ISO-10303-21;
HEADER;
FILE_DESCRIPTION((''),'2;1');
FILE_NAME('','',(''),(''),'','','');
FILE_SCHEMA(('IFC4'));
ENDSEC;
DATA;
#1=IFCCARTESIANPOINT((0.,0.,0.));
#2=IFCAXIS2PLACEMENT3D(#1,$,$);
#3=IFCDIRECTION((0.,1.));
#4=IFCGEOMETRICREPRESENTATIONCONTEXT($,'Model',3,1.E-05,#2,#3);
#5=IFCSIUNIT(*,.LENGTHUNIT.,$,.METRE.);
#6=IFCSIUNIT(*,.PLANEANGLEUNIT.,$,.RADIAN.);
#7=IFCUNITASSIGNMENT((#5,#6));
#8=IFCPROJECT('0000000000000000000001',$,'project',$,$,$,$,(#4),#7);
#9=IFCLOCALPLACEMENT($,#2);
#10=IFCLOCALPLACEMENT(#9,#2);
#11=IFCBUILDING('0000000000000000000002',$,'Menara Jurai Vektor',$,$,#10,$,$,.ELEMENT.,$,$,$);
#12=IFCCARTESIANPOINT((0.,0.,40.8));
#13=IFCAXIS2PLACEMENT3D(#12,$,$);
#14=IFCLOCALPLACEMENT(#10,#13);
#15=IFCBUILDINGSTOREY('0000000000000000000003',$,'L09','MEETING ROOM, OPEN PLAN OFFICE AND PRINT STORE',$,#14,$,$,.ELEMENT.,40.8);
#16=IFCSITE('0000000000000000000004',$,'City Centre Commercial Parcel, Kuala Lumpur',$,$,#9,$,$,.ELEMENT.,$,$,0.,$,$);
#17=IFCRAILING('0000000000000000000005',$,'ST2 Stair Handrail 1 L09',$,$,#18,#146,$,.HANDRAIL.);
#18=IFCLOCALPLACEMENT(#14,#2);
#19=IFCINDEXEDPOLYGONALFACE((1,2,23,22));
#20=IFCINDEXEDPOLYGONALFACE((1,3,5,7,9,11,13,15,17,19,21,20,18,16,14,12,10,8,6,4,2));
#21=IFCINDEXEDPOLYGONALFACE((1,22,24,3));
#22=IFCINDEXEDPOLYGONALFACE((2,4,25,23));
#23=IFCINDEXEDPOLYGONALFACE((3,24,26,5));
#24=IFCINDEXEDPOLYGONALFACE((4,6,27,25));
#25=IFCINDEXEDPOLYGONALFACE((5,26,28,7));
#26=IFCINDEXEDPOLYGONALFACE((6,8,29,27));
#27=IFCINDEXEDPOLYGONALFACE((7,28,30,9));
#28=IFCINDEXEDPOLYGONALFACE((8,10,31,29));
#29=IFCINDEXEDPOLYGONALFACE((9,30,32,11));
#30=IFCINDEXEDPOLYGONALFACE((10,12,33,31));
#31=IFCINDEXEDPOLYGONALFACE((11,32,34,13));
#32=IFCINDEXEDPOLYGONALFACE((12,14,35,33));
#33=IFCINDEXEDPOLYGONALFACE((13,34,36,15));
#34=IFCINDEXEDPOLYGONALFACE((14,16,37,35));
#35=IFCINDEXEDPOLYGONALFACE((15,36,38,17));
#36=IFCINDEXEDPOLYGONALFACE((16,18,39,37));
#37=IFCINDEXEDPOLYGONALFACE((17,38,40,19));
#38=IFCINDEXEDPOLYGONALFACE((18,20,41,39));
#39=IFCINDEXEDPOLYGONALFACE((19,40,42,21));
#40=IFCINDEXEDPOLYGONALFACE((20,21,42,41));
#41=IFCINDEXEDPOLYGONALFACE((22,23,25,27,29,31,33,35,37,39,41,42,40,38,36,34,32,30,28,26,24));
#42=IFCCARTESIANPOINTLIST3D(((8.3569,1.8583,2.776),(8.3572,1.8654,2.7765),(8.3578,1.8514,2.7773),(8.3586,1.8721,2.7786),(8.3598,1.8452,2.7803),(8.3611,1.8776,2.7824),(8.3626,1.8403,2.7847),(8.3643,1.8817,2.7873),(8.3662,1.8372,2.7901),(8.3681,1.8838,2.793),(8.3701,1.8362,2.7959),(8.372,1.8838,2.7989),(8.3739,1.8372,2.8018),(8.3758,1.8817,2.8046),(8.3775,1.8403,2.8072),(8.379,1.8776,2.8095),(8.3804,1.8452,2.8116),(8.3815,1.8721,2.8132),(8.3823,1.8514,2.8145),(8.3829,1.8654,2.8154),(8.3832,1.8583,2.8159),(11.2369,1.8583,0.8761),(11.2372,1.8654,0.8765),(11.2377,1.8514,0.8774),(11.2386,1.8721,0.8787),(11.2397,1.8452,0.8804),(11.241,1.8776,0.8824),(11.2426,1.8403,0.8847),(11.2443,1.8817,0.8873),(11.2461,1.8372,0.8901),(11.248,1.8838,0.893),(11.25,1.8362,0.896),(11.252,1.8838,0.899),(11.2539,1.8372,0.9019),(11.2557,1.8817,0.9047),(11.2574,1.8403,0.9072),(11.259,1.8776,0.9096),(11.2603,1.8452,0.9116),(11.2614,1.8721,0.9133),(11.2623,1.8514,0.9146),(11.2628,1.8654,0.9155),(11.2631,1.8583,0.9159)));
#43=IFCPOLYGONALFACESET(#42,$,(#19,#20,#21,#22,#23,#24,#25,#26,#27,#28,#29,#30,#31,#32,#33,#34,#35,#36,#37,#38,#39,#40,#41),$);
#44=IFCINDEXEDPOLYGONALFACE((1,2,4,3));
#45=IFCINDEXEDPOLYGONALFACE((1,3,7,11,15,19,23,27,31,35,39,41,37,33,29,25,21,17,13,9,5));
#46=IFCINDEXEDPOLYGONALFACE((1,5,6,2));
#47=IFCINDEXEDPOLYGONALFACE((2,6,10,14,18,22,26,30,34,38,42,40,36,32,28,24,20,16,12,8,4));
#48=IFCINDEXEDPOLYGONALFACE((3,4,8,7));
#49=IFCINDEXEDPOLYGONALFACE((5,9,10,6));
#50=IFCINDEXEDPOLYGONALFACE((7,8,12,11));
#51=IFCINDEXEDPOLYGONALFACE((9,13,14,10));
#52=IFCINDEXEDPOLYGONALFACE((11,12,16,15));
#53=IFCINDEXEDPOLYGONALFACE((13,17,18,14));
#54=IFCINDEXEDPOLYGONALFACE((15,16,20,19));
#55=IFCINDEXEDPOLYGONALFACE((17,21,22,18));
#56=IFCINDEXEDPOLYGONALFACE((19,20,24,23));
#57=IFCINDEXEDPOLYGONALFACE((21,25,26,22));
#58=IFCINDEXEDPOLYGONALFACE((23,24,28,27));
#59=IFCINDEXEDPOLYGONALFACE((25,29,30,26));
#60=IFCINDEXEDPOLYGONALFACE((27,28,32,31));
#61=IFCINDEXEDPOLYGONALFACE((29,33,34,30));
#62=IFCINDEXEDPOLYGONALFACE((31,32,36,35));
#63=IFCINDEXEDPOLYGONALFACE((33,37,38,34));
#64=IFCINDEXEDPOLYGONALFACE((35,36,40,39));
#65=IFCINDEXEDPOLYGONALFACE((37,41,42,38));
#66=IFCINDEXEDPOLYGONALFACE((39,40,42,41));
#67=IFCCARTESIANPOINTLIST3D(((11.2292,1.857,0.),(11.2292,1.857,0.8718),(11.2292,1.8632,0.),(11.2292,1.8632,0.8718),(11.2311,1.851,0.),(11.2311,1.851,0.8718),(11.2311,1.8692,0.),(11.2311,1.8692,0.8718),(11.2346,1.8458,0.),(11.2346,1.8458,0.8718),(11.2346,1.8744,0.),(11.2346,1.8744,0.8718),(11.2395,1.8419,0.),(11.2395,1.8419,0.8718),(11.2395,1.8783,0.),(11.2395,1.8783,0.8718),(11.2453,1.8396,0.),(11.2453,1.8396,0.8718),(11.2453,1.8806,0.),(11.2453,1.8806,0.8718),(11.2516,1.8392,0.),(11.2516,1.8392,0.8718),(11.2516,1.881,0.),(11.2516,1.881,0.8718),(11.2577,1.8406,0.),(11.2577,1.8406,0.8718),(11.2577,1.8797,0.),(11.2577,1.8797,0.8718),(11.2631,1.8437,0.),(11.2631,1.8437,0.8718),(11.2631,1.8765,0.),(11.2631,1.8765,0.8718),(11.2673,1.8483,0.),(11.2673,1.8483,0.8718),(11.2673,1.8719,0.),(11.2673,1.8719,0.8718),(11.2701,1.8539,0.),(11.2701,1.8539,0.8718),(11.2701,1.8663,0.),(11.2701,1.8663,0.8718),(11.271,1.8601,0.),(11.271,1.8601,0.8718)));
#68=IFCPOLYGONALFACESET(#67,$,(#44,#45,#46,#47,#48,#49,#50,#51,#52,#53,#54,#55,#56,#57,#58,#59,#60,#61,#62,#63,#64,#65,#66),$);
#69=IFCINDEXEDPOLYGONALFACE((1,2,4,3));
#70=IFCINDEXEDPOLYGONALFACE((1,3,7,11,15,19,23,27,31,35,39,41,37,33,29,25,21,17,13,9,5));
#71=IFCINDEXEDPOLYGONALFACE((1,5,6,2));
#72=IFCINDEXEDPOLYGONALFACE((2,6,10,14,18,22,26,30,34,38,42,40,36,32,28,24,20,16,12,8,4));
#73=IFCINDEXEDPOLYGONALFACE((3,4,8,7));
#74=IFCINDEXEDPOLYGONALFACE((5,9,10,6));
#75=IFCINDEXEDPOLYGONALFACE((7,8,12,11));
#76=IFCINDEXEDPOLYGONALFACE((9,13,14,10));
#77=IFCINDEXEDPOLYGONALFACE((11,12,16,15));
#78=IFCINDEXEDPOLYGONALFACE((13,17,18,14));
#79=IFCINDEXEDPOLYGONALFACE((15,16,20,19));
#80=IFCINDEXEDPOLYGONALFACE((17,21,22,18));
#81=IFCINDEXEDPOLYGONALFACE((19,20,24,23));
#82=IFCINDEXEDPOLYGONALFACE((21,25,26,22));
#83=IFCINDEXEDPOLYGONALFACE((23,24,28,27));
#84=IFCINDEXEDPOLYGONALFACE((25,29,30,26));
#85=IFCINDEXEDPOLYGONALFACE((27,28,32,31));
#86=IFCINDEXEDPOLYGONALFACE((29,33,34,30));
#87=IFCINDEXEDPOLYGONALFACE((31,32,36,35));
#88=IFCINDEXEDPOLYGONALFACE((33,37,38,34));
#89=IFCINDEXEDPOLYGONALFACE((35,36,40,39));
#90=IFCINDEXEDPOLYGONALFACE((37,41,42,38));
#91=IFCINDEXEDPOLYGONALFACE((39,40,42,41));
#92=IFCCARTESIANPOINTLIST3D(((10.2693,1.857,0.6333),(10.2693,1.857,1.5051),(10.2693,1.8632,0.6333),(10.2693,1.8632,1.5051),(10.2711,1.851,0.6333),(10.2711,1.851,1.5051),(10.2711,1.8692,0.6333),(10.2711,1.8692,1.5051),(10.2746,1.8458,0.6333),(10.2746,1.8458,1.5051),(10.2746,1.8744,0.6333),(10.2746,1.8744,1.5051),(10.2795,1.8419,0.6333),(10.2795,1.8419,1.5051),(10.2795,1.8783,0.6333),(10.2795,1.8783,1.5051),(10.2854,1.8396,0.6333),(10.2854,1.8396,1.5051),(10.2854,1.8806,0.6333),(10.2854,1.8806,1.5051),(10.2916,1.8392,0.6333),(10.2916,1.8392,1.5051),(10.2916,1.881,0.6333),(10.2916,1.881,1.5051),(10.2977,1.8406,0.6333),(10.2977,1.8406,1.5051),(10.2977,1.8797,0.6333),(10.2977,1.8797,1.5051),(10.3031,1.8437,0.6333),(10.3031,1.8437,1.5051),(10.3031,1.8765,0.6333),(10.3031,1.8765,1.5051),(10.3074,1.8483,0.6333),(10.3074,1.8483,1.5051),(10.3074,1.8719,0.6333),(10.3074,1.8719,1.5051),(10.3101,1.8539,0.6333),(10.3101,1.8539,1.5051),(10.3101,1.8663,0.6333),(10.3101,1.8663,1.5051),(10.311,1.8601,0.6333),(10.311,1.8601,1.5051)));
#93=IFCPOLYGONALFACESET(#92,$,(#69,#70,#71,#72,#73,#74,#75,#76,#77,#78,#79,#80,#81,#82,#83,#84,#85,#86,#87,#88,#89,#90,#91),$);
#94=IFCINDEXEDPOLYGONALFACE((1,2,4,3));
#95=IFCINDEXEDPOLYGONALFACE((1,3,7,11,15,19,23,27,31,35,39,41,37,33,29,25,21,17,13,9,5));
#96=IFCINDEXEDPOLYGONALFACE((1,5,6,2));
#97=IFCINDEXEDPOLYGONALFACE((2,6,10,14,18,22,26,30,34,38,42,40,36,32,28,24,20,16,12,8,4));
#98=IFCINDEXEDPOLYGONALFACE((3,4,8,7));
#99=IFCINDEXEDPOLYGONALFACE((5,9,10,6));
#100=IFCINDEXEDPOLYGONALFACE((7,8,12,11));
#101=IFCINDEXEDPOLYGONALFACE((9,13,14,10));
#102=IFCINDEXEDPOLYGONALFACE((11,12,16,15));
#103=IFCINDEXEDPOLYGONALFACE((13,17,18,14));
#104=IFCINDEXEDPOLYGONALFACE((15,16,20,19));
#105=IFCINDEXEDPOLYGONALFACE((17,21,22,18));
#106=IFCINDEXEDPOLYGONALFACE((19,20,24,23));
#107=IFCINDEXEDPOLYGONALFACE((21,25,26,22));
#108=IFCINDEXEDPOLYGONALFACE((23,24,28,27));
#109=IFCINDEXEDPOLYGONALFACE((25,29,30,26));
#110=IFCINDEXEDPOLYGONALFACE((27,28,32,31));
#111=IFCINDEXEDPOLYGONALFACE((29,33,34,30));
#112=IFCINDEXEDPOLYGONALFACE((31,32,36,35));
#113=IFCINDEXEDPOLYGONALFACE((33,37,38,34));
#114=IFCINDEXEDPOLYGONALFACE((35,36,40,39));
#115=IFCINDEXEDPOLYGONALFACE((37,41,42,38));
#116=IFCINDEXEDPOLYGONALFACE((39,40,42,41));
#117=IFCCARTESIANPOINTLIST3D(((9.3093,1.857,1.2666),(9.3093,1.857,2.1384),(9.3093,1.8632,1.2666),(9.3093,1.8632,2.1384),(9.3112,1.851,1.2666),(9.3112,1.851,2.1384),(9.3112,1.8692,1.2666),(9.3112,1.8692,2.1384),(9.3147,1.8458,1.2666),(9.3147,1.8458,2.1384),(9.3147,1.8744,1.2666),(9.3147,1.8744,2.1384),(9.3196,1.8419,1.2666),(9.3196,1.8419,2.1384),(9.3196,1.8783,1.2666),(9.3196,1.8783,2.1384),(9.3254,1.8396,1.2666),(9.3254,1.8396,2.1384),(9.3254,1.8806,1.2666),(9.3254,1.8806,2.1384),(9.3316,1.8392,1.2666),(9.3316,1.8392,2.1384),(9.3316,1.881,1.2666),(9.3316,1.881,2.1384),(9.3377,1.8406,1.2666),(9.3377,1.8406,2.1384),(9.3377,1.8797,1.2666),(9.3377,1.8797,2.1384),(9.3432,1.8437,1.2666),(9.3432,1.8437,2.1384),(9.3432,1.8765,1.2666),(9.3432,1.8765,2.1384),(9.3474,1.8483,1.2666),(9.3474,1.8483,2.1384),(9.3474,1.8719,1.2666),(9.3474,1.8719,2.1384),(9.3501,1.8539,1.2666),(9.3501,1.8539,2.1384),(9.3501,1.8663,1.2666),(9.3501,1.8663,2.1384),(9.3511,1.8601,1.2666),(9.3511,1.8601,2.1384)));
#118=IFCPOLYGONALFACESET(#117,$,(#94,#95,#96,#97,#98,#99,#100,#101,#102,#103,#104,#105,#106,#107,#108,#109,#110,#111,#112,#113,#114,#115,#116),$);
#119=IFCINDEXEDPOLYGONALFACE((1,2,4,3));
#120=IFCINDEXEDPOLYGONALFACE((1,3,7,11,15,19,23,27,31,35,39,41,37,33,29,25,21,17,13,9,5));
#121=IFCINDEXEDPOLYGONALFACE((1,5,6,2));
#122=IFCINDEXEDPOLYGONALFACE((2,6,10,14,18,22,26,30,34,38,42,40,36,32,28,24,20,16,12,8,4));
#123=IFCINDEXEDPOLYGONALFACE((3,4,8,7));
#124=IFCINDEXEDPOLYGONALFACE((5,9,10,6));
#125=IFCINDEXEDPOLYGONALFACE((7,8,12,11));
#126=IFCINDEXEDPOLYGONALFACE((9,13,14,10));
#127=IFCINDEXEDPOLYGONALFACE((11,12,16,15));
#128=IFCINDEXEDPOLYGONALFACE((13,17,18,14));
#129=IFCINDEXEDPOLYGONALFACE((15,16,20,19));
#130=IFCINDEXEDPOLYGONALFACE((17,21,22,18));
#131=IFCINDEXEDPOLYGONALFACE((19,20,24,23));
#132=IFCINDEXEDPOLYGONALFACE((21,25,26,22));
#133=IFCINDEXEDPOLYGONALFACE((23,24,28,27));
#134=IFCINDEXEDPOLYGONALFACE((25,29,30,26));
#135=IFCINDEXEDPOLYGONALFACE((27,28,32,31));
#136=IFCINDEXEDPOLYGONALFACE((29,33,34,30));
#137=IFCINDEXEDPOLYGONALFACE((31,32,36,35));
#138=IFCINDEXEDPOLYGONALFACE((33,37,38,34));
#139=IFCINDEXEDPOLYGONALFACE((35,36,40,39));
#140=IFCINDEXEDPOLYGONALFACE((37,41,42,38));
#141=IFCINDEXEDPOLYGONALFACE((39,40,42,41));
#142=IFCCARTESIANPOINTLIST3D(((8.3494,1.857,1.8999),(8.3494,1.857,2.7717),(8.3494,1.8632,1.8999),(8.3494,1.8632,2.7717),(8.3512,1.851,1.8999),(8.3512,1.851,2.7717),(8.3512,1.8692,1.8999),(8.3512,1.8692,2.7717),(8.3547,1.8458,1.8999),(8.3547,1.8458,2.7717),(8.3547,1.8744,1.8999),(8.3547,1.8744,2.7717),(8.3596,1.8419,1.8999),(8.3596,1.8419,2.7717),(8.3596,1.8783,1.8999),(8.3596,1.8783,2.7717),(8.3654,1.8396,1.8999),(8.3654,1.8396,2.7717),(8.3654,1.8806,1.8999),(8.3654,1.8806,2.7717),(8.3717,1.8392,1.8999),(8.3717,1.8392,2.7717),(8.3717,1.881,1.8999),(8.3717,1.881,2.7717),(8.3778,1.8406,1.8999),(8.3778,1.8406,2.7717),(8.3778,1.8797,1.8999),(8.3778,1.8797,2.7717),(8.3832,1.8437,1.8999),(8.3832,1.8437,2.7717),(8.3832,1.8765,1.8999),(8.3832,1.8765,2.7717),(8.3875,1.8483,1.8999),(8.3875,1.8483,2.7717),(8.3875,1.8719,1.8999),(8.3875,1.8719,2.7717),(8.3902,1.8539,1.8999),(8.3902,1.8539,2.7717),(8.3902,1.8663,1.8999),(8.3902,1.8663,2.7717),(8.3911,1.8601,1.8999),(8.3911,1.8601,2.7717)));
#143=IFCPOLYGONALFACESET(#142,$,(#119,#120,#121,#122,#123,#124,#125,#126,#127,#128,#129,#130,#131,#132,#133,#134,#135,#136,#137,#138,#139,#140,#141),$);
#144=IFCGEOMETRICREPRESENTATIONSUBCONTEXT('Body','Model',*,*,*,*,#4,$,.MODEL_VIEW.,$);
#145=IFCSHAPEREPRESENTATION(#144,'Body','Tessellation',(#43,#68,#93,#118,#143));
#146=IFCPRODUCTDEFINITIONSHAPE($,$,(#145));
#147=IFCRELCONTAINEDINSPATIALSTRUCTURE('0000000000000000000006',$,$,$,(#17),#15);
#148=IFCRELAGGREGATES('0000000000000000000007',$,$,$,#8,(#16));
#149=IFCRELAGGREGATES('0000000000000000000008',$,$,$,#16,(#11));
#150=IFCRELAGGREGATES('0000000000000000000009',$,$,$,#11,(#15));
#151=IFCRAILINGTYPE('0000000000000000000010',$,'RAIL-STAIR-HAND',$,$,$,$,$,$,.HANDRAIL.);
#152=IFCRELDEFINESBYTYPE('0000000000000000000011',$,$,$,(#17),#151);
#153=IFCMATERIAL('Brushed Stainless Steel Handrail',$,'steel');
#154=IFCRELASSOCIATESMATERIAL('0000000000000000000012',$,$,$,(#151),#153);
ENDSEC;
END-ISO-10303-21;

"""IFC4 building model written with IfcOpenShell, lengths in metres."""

from ifc_helpers import new_model, si_unit, direction, frame, origin, origin_2d, place, context, subcontext, project, spatial, circle, extrude, material, type_object, element, save


model = new_model("IFC4")

# Units and contexts
model_context = context("Model", 3, precision=1e-05, world=origin(), true_north=direction((0.0, 1.0)))
body_context = subcontext(model_context, "Body", "Model", "MODEL_VIEW")
ifc_project = project(units=[si_unit("LENGTHUNIT", "METRE"), si_unit("PLANEANGLEUNIT", "RADIAN")], contexts=[model_context])

# Site, building, storey
site_placement = place(None, origin())
site = spatial("IfcSite", under=ifc_project, at=site_placement, Name="City Centre Commercial Parcel, Kuala Lumpur", CompositionType="ELEMENT", RefElevation=0.0)
building_placement = place(site_placement, origin())
building = spatial("IfcBuilding", under=site, at=building_placement, Name="Menara Jurai Vektor", CompositionType="ELEMENT")
storey_placement = place(building_placement, frame((0.0, 0.0, 40.8)))
storey = spatial("IfcBuildingStorey", under=building, at=storey_placement, Name="L09", Description="MEETING ROOM, OPEN PLAN OFFICE AND PRINT STORE", CompositionType="ELEMENT", Elevation=40.8)

# Railing
ifc_material_1 = material(Name="Brushed Stainless Steel Handrail", Category="steel")
railing_type_1 = type_object("IfcRailingType", Name="RAIL-STAIR-HAND", PredefinedType="HANDRAIL", material=ifc_material_1)
railing_1_placement = place(storey_placement, frame((11.25, 1.8601, 0.0)))
element("IfcRailing", 1, at=railing_1_placement, inside=storey, type_object=railing_type_1, Name="ST2 Stair Handrail 1 L09", PredefinedType="HANDRAIL", context=body_context, shape_type="SweptSolid", body=[
    extrude(circle(Radius=0.0239, at=origin_2d()), frame((0.0, 0.0, 0.896), z_axis=(-0.834719, 0.0, 0.550677), x_axis=(0.0, -1.0, 0.0)), (0.0, 0.0, 1.0), 3.4502),
    extrude(circle(Radius=0.021, at=origin_2d()), origin(), (0.0, 0.0, 1.0), 0.8718),
    extrude(circle(Radius=0.021, at=origin_2d()), frame((-0.96, 0.0, 0.6333)), (0.0, 0.0, 1.0), 0.8718),
    extrude(circle(Radius=0.021, at=origin_2d()), frame((-1.9199, 0.0, 1.2666)), (0.0, 0.0, 1.0), 0.8718),
    extrude(circle(Radius=0.021, at=origin_2d()), frame((-2.8799, 0.0, 1.8999)), (0.0, 0.0, 1.0), 0.8718),
])

save(model, "model.ifc")
